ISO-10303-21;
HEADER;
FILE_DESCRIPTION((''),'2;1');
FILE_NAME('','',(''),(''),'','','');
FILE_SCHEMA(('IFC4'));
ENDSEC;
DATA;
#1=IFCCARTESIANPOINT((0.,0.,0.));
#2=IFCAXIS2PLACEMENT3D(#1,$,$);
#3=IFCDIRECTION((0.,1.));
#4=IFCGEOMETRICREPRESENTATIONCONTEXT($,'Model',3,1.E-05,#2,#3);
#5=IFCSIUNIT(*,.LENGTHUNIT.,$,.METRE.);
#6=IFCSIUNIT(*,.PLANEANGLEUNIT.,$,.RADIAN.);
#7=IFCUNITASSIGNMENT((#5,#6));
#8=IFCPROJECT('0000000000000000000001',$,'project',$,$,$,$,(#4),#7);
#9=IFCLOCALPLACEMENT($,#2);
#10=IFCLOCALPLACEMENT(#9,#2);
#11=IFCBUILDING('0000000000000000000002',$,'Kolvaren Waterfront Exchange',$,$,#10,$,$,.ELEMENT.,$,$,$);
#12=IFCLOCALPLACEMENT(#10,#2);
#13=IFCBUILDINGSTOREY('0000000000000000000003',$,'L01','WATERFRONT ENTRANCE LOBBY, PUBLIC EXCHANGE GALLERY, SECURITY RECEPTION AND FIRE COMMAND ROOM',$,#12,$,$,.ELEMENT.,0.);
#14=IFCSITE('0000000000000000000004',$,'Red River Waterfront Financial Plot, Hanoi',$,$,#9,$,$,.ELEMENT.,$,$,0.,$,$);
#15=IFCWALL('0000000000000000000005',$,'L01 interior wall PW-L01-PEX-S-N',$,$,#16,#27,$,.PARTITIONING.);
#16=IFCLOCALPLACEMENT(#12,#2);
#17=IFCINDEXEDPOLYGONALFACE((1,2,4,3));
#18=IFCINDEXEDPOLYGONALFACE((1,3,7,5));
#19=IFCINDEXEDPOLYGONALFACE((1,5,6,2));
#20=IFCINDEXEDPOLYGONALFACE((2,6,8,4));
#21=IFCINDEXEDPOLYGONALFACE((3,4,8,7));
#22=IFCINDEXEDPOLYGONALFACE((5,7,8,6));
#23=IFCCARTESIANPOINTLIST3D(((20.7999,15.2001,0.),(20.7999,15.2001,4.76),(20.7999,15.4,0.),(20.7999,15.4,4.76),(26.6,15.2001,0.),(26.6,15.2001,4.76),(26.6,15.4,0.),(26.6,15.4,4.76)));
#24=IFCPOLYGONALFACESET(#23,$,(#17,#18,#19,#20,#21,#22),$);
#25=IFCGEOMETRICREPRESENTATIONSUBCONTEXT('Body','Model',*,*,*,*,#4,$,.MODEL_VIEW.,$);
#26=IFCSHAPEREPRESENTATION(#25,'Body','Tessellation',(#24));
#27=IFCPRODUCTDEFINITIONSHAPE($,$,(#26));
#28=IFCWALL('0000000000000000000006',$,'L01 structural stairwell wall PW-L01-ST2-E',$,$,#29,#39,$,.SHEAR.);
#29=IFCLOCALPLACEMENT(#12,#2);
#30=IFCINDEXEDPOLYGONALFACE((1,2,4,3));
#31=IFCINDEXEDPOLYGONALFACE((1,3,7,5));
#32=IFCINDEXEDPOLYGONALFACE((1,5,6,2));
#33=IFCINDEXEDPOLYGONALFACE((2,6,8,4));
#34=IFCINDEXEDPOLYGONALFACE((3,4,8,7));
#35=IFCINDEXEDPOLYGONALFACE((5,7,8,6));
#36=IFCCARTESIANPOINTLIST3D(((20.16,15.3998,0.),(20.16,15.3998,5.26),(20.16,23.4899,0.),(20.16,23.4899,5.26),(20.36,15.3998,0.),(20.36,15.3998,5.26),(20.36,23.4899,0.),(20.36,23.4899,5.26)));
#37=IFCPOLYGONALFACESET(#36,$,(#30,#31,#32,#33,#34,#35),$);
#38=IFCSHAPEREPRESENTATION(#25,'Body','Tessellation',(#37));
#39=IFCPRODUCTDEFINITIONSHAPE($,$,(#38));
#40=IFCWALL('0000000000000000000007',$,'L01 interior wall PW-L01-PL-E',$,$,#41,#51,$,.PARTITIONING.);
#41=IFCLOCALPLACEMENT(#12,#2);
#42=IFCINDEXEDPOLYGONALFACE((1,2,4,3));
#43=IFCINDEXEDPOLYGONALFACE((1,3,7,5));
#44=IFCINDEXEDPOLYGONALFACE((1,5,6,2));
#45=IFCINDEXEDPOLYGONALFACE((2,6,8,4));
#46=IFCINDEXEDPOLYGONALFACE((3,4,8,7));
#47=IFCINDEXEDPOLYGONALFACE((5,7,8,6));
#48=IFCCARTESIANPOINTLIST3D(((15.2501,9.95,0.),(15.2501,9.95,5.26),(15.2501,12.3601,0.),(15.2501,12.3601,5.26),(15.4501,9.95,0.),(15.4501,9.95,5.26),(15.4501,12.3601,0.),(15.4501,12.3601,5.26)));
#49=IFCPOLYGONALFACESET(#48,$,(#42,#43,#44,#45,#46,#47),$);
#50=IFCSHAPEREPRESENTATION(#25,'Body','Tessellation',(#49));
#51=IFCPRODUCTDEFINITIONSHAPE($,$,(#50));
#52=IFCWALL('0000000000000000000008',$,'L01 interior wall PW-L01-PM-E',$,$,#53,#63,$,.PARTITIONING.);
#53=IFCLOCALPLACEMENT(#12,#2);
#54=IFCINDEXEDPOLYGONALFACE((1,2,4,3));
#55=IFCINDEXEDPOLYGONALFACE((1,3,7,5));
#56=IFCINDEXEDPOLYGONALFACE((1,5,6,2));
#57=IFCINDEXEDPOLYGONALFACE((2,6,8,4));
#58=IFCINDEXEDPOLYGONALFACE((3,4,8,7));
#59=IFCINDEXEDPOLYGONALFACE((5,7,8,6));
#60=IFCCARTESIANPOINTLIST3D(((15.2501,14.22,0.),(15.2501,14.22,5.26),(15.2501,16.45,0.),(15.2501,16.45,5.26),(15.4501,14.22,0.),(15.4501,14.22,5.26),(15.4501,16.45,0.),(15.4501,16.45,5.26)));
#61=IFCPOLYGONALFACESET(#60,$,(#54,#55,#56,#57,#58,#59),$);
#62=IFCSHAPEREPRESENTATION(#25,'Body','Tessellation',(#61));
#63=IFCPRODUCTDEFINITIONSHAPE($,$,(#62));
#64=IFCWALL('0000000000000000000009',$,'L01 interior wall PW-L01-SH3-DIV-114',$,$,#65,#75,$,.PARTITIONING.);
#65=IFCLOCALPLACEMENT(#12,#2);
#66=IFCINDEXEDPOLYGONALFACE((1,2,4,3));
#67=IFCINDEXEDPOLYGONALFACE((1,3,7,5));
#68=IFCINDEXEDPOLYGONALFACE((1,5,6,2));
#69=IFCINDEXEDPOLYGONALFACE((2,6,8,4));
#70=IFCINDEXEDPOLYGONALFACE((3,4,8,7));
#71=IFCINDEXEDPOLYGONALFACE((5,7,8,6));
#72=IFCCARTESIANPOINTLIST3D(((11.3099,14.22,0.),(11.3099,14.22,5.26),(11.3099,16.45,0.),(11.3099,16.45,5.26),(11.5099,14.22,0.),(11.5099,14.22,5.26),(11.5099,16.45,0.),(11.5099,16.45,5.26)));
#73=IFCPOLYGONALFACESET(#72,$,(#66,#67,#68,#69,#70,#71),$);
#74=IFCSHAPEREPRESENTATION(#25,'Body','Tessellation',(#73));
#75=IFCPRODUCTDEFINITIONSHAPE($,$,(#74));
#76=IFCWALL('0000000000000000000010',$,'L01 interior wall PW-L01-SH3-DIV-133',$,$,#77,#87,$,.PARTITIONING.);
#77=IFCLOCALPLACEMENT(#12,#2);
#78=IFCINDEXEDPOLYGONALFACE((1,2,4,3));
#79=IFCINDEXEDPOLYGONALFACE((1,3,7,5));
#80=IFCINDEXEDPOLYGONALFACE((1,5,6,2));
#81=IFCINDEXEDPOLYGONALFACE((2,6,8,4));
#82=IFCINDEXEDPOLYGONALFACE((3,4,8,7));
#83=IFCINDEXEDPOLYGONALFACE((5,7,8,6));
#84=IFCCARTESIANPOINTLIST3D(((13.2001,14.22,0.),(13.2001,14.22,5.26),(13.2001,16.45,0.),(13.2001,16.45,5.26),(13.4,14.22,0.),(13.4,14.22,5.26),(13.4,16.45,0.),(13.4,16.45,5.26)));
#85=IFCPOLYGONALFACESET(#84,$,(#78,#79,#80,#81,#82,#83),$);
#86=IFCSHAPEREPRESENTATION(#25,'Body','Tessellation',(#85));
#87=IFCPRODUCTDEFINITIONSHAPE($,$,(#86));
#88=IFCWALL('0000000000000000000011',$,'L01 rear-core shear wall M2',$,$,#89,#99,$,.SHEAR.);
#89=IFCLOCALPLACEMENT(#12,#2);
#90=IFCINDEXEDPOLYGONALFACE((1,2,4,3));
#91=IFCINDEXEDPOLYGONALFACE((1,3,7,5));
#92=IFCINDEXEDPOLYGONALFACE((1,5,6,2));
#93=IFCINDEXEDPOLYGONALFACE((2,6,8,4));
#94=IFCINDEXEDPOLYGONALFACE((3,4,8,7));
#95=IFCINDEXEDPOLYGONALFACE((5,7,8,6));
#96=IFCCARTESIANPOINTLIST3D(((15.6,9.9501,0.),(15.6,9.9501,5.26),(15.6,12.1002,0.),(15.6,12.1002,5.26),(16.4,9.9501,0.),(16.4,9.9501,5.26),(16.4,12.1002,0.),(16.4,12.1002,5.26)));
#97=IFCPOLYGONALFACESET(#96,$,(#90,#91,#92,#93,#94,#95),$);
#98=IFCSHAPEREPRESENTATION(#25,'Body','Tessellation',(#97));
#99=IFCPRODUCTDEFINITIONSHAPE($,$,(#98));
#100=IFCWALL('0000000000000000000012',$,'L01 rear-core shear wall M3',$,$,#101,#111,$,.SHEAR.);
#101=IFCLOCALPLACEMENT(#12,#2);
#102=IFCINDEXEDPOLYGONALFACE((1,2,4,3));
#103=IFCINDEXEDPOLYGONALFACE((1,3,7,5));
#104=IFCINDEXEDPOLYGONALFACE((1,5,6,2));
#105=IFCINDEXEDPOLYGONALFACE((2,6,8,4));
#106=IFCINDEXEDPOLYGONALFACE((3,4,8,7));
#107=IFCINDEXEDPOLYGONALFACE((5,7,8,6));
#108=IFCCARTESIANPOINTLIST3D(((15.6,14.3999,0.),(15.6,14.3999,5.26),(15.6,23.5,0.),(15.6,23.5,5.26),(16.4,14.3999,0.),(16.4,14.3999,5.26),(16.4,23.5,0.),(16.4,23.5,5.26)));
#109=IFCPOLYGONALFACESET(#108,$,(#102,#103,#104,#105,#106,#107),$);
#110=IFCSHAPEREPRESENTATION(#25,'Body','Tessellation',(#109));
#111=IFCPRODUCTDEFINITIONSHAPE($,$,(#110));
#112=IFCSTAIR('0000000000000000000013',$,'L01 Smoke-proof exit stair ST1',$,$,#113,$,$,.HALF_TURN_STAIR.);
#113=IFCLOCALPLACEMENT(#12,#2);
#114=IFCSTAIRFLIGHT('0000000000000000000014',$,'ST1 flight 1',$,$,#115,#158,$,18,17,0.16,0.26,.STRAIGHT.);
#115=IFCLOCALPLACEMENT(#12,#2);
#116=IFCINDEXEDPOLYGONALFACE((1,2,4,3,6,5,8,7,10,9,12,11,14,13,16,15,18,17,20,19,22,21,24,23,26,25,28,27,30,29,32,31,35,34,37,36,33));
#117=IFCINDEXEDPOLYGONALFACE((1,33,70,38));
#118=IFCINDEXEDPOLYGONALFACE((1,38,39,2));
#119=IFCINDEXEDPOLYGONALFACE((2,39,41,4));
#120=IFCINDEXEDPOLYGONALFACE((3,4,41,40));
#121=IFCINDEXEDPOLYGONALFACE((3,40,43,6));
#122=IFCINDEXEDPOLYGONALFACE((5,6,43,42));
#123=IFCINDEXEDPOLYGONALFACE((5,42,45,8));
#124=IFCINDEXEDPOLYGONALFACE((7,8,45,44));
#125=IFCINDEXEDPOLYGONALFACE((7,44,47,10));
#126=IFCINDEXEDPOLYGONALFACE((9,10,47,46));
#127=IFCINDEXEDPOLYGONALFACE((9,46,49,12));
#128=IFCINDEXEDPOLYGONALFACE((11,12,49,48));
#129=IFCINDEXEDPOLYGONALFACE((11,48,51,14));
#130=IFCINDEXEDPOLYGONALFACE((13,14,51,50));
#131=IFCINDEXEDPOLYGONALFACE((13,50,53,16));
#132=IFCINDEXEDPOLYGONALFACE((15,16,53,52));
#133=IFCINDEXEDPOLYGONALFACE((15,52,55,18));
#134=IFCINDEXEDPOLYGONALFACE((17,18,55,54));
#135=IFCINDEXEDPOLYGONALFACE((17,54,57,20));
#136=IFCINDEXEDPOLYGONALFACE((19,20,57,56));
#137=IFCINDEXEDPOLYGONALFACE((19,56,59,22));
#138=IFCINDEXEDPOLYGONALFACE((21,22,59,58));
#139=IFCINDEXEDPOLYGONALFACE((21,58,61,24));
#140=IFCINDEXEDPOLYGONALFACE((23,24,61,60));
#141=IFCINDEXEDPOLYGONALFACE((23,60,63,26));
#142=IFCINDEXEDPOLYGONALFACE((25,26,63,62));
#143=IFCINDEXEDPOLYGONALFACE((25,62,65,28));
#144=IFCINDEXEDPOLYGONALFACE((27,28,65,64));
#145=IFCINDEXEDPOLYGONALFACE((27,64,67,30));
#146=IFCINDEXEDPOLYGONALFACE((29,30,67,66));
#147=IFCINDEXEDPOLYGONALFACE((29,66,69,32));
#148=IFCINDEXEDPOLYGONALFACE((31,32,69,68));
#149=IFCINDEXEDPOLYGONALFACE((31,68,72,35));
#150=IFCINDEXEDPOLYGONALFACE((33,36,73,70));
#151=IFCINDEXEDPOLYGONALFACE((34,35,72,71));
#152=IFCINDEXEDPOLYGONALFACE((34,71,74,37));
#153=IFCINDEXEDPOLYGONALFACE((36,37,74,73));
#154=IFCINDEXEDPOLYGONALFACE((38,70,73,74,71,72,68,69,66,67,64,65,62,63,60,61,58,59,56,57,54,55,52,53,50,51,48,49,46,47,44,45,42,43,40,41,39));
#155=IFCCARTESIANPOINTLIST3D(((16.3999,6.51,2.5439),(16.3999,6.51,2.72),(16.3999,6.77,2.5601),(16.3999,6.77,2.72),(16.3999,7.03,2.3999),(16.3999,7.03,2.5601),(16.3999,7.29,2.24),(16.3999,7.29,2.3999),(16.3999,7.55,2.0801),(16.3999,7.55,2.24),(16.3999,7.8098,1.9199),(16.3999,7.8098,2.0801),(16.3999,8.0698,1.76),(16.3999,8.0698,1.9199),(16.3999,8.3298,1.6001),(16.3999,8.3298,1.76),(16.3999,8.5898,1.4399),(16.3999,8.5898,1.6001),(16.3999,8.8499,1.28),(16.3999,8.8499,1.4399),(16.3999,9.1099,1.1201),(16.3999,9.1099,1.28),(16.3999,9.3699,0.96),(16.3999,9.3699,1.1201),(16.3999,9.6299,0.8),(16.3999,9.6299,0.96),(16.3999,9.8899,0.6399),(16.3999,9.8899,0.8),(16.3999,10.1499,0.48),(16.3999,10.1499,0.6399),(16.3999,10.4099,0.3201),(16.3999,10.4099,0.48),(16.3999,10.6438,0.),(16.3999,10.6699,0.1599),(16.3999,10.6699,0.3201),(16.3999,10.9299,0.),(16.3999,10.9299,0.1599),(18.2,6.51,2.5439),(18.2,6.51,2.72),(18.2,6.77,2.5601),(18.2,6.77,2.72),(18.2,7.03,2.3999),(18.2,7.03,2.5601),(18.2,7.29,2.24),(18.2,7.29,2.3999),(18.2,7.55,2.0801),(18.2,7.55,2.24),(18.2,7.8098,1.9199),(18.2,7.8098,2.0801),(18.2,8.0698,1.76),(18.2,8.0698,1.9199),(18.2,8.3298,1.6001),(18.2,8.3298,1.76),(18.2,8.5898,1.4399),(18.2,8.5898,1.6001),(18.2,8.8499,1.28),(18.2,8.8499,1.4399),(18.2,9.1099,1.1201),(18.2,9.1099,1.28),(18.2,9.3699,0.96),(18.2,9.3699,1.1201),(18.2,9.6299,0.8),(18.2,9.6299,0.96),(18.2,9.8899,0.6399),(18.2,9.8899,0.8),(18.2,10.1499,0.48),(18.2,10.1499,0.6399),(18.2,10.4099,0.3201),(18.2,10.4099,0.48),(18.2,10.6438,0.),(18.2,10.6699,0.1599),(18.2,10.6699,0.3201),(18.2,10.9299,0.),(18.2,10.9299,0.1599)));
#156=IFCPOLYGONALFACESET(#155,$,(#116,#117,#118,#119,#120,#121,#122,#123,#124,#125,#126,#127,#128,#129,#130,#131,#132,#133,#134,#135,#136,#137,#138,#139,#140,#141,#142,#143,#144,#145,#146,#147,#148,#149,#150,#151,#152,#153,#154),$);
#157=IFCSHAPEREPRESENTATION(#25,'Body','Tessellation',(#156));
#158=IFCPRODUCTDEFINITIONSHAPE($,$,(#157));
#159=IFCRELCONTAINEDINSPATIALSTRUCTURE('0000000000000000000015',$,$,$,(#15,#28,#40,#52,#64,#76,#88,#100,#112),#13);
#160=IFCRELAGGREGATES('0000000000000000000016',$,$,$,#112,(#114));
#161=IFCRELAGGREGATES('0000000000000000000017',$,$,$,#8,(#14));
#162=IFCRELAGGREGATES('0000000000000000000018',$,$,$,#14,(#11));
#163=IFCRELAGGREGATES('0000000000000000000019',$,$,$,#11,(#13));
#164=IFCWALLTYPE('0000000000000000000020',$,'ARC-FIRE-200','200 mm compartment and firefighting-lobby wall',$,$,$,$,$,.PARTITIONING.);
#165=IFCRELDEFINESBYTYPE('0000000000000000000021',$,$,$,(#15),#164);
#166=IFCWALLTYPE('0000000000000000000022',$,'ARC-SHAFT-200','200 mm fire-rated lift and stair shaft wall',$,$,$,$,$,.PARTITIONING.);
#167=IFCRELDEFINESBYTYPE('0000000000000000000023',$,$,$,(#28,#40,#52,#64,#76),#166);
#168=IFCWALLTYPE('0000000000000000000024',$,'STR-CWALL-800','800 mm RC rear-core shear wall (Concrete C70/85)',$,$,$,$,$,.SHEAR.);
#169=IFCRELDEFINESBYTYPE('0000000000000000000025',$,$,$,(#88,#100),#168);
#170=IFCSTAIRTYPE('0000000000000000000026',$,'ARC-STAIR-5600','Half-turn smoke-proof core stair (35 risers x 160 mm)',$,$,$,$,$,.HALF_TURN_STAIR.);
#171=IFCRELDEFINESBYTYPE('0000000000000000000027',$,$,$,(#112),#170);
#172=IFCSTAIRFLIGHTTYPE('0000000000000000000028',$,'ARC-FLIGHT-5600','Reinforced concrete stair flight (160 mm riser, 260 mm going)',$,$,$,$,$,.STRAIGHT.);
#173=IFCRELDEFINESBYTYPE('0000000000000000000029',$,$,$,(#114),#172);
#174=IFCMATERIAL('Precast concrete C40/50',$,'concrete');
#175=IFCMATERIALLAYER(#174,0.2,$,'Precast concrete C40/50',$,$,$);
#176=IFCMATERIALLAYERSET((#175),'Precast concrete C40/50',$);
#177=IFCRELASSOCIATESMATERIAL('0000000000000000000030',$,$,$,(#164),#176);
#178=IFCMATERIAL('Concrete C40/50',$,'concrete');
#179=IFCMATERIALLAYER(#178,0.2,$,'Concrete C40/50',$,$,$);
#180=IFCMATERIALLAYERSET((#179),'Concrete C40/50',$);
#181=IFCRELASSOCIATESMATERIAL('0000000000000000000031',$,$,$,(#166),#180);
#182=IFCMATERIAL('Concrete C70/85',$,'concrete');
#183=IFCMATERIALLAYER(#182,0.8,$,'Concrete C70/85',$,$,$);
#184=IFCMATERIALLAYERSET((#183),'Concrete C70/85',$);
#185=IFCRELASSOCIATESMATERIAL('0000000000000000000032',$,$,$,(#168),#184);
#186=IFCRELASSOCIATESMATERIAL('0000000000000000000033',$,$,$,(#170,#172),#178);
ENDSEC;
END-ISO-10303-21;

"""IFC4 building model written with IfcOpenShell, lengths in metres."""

from ifc_helpers import new_model, si_unit, direction, frame, frame_2d, origin, place, context, subcontext, project, spatial, polyline, rectangle, outline, extrude, material, layer, layer_set, type_object, element, aggregate, save


model = new_model("IFC4")

# Units and contexts
model_context = context("Model", 3, precision=1e-05, world=origin(), true_north=direction((0.0, 1.0)))
body_context = subcontext(model_context, "Body", "Model", "MODEL_VIEW")
ifc_project = project(units=[si_unit("LENGTHUNIT", "METRE"), si_unit("PLANEANGLEUNIT", "RADIAN")], contexts=[model_context])

# Site, building, storey
site_placement = place(None, origin())
site = spatial("IfcSite", under=ifc_project, at=site_placement, Name="Red River Waterfront Financial Plot, Hanoi", CompositionType="ELEMENT", RefElevation=0.0)
building_placement = place(site_placement, origin())
building = spatial("IfcBuilding", under=site, at=building_placement, Name="Kolvaren Waterfront Exchange", CompositionType="ELEMENT")
storey_placement = place(building_placement, origin())
storey = spatial("IfcBuildingStorey", under=building, at=storey_placement, Name="L01", Description="WATERFRONT ENTRANCE LOBBY, PUBLIC EXCHANGE GALLERY, SECURITY RECEPTION AND FIRE COMMAND ROOM", CompositionType="ELEMENT", Elevation=0.0)

# Shared definitions
ifc_material_1 = material(Name="Concrete C70/85", Category="concrete")

# Shared definitions
ifc_material_2 = material(Name="Precast concrete C40/50", Category="concrete")
ifc_layer_1 = layer(ifc_material_2, 0.2, Name="Precast concrete C40/50")
ifc_layer_set_1 = layer_set([ifc_layer_1], Name="Precast concrete C40/50")
wall_type_1 = type_object("IfcWallType", Name="ARC-FIRE-200", Description="200 mm compartment and firefighting-lobby wall", PredefinedType="PARTITIONING", material=ifc_layer_set_1)

# Walls
wall_1_placement = place(storey_placement, frame((20.8, 15.3, 0.0), z_axis=(0.0, 0.0, 1.0), x_axis=(1.0, 0.0, 0.0)))
element("IfcWall", 1, at=wall_1_placement, inside=storey, type_object=wall_type_1, Name="L01 interior wall PW-L01-PEX-S-N", PredefinedType="PARTITIONING", context=body_context, shape_type="SweptSolid", body=[
    extrude(rectangle(XDim=5.8, YDim=0.2, at=frame_2d((2.8999, 0.0))), origin(), (0.0, 0.0, 1.0), 4.76),
])
ifc_material_3 = material(Name="Concrete C40/50", Category="concrete")
ifc_layer_2 = layer(ifc_material_3, 0.2, Name="Concrete C40/50")
ifc_layer_set_2 = layer_set([ifc_layer_2], Name="Concrete C40/50")
wall_type_2 = type_object("IfcWallType", Name="ARC-SHAFT-200", Description="200 mm fire-rated lift and stair shaft wall", PredefinedType="PARTITIONING", material=ifc_layer_set_2)
wall_2_placement = place(storey_placement, frame((20.26, 15.3999, 0.0), z_axis=(0.0, 0.0, 1.0), x_axis=(0.0, 1.0, 0.0)))
element("IfcWall", 2, at=wall_2_placement, inside=storey, type_object=wall_type_2, Name="L01 structural stairwell wall PW-L01-ST2-E", PredefinedType="SHEAR", context=body_context, shape_type="SweptSolid", body=[
    extrude(rectangle(XDim=8.0901, YDim=0.2, at=frame_2d((4.0449, 0.0))), origin(), (0.0, 0.0, 1.0), 5.26),
])
wall_3_placement = place(storey_placement, frame((15.3501, 9.95, 0.0), z_axis=(0.0, 0.0, 1.0), x_axis=(0.0, 1.0, 0.0)))
element("IfcWall", 3, at=wall_3_placement, inside=storey, type_object=wall_type_2, Name="L01 interior wall PW-L01-PL-E", PredefinedType="PARTITIONING", context=body_context, shape_type="SweptSolid", body=[
    extrude(rectangle(XDim=2.4102, YDim=0.2, at=frame_2d((1.2051, 0.0))), origin(), (0.0, 0.0, 1.0), 5.26),
])
for number, where, z_axis, x_axis, name in (
    (4, (15.3501, 14.22, 0.0), (0.0, 0.0, 1.0), (0.0, 1.0, 0.0), "L01 interior wall PW-L01-PM-E"),
    (5, (11.4099, 14.22, 0.0), (0.0, 0.0, 1.0), (0.0, 1.0, 0.0), "L01 interior wall PW-L01-SH3-DIV-114"),
    (6, (13.3, 14.22, 0.0), (0.0, 0.0, 1.0), (0.0, 1.0, 0.0), "L01 interior wall PW-L01-SH3-DIV-133"),
):
    element("IfcWall", number, at=place(storey_placement, frame(where, z_axis=z_axis, x_axis=x_axis)), inside=storey, type_object=wall_type_2, Name=name, PredefinedType="PARTITIONING", context=body_context, shape_type="SweptSolid", body=[
        extrude(rectangle(XDim=2.23, YDim=0.2, at=frame_2d((1.115, 0.0))), origin(), (0.0, 0.0, 1.0), 5.26),
    ])
ifc_layer_3 = layer(ifc_material_1, 0.8, Name="Concrete C70/85")
ifc_layer_set_3 = layer_set([ifc_layer_3], Name="Concrete C70/85")
wall_type_3 = type_object("IfcWallType", Name="STR-CWALL-800", Description="800 mm RC rear-core shear wall (Concrete C70/85)", PredefinedType="SHEAR", material=ifc_layer_set_3)
wall_4_placement = place(storey_placement, frame((16.0, 9.95, 0.0), z_axis=(0.0, 0.0, 1.0), x_axis=(0.0, 1.0, 0.0)))
element("IfcWall", 7, at=wall_4_placement, inside=storey, type_object=wall_type_3, Name="L01 rear-core shear wall M2", PredefinedType="SHEAR", context=body_context, shape_type="SweptSolid", body=[
    extrude(rectangle(XDim=2.1501, YDim=0.8, at=frame_2d((1.0752, 0.0))), origin(), (0.0, 0.0, 1.0), 5.26),
])
wall_5_placement = place(storey_placement, frame((16.0, 14.3999, 0.0), z_axis=(0.0, 0.0, 1.0), x_axis=(0.0, 1.0, 0.0)))
element("IfcWall", 8, at=wall_5_placement, inside=storey, type_object=wall_type_3, Name="L01 rear-core shear wall M3", PredefinedType="SHEAR", context=body_context, shape_type="SweptSolid", body=[
    extrude(rectangle(XDim=9.1001, YDim=0.8, at=frame_2d((4.55, 0.0))), origin(), (0.0, 0.0, 1.0), 5.26),
])

# Stair, stair flight
stair_type = type_object("IfcStairType", Name="ARC-STAIR-5600", Description="Half-turn smoke-proof core stair (35 risers x 160 mm)", PredefinedType="HALF_TURN_STAIR", material=ifc_material_3)
stair_placement = place(storey_placement, origin())
stair = element("IfcStair", 9, at=stair_placement, inside=storey, type_object=stair_type, Name="L01 Smoke-proof exit stair ST1", PredefinedType="HALF_TURN_STAIR")
stair_flight_type = type_object("IfcStairFlightType", Name="ARC-FLIGHT-5600", Description="Reinforced concrete stair flight (160 mm riser, 260 mm going)", PredefinedType="STRAIGHT", material=ifc_material_3)
stair_flight_placement = place(storey_placement, frame((17.3, 10.9299, 0.0), z_axis=(0.0, 0.0, 1.0), x_axis=(0.0, -1.0, 0.0)))
stair_flight = element("IfcStairFlight", 10, at=stair_flight_placement, type_object=stair_flight_type, Name="ST1 flight 1", NumberOfRisers=18, NumberOfTreads=17, PredefinedType="STRAIGHT", RiserHeight=0.16, TreadLength=0.26, context=body_context, shape_type="SweptSolid", body=[
    extrude(outline(polyline([(0.0, 0.0), (0.0, 0.1599), (0.26, 0.1599), (0.26, 0.3201), (0.52, 0.3201), (0.52, 0.48), (0.78, 0.48), (0.78, 0.6399), (1.04, 0.6399), (1.04, 0.8), (1.3, 0.8), (1.3, 0.96), (1.5601, 0.96), (1.5601, 1.1201), (1.8201, 1.1201), (1.8201, 1.28), (2.0801, 1.28), (2.0801, 1.4399), (2.3401, 1.4399), (2.3401, 1.6001), (2.6001, 1.6001), (2.6001, 1.76), (2.8601, 1.76), (2.8601, 1.9199), (3.1201, 1.9199), (3.1201, 2.0801), (3.3799, 2.0801), (3.3799, 2.24), (3.6399, 2.24), (3.6399, 2.3999), (3.8999, 2.3999), (3.8999, 2.5601), (4.1599, 2.5601), (4.1599, 2.72), (4.4199, 2.72), (4.4199, 2.8799), (4.4199, 2.5439), (0.2861, 0.0), (0.0, 0.0)])), frame((0.0, 0.8999, 0.0), z_axis=(0.0, -1.0, 0.0), x_axis=(1.0, 0.0, 0.0)), (0.0, 0.0, 1.0), 1.8),
])
aggregate(stair, [stair_flight])

save(model, "model.ifc")
